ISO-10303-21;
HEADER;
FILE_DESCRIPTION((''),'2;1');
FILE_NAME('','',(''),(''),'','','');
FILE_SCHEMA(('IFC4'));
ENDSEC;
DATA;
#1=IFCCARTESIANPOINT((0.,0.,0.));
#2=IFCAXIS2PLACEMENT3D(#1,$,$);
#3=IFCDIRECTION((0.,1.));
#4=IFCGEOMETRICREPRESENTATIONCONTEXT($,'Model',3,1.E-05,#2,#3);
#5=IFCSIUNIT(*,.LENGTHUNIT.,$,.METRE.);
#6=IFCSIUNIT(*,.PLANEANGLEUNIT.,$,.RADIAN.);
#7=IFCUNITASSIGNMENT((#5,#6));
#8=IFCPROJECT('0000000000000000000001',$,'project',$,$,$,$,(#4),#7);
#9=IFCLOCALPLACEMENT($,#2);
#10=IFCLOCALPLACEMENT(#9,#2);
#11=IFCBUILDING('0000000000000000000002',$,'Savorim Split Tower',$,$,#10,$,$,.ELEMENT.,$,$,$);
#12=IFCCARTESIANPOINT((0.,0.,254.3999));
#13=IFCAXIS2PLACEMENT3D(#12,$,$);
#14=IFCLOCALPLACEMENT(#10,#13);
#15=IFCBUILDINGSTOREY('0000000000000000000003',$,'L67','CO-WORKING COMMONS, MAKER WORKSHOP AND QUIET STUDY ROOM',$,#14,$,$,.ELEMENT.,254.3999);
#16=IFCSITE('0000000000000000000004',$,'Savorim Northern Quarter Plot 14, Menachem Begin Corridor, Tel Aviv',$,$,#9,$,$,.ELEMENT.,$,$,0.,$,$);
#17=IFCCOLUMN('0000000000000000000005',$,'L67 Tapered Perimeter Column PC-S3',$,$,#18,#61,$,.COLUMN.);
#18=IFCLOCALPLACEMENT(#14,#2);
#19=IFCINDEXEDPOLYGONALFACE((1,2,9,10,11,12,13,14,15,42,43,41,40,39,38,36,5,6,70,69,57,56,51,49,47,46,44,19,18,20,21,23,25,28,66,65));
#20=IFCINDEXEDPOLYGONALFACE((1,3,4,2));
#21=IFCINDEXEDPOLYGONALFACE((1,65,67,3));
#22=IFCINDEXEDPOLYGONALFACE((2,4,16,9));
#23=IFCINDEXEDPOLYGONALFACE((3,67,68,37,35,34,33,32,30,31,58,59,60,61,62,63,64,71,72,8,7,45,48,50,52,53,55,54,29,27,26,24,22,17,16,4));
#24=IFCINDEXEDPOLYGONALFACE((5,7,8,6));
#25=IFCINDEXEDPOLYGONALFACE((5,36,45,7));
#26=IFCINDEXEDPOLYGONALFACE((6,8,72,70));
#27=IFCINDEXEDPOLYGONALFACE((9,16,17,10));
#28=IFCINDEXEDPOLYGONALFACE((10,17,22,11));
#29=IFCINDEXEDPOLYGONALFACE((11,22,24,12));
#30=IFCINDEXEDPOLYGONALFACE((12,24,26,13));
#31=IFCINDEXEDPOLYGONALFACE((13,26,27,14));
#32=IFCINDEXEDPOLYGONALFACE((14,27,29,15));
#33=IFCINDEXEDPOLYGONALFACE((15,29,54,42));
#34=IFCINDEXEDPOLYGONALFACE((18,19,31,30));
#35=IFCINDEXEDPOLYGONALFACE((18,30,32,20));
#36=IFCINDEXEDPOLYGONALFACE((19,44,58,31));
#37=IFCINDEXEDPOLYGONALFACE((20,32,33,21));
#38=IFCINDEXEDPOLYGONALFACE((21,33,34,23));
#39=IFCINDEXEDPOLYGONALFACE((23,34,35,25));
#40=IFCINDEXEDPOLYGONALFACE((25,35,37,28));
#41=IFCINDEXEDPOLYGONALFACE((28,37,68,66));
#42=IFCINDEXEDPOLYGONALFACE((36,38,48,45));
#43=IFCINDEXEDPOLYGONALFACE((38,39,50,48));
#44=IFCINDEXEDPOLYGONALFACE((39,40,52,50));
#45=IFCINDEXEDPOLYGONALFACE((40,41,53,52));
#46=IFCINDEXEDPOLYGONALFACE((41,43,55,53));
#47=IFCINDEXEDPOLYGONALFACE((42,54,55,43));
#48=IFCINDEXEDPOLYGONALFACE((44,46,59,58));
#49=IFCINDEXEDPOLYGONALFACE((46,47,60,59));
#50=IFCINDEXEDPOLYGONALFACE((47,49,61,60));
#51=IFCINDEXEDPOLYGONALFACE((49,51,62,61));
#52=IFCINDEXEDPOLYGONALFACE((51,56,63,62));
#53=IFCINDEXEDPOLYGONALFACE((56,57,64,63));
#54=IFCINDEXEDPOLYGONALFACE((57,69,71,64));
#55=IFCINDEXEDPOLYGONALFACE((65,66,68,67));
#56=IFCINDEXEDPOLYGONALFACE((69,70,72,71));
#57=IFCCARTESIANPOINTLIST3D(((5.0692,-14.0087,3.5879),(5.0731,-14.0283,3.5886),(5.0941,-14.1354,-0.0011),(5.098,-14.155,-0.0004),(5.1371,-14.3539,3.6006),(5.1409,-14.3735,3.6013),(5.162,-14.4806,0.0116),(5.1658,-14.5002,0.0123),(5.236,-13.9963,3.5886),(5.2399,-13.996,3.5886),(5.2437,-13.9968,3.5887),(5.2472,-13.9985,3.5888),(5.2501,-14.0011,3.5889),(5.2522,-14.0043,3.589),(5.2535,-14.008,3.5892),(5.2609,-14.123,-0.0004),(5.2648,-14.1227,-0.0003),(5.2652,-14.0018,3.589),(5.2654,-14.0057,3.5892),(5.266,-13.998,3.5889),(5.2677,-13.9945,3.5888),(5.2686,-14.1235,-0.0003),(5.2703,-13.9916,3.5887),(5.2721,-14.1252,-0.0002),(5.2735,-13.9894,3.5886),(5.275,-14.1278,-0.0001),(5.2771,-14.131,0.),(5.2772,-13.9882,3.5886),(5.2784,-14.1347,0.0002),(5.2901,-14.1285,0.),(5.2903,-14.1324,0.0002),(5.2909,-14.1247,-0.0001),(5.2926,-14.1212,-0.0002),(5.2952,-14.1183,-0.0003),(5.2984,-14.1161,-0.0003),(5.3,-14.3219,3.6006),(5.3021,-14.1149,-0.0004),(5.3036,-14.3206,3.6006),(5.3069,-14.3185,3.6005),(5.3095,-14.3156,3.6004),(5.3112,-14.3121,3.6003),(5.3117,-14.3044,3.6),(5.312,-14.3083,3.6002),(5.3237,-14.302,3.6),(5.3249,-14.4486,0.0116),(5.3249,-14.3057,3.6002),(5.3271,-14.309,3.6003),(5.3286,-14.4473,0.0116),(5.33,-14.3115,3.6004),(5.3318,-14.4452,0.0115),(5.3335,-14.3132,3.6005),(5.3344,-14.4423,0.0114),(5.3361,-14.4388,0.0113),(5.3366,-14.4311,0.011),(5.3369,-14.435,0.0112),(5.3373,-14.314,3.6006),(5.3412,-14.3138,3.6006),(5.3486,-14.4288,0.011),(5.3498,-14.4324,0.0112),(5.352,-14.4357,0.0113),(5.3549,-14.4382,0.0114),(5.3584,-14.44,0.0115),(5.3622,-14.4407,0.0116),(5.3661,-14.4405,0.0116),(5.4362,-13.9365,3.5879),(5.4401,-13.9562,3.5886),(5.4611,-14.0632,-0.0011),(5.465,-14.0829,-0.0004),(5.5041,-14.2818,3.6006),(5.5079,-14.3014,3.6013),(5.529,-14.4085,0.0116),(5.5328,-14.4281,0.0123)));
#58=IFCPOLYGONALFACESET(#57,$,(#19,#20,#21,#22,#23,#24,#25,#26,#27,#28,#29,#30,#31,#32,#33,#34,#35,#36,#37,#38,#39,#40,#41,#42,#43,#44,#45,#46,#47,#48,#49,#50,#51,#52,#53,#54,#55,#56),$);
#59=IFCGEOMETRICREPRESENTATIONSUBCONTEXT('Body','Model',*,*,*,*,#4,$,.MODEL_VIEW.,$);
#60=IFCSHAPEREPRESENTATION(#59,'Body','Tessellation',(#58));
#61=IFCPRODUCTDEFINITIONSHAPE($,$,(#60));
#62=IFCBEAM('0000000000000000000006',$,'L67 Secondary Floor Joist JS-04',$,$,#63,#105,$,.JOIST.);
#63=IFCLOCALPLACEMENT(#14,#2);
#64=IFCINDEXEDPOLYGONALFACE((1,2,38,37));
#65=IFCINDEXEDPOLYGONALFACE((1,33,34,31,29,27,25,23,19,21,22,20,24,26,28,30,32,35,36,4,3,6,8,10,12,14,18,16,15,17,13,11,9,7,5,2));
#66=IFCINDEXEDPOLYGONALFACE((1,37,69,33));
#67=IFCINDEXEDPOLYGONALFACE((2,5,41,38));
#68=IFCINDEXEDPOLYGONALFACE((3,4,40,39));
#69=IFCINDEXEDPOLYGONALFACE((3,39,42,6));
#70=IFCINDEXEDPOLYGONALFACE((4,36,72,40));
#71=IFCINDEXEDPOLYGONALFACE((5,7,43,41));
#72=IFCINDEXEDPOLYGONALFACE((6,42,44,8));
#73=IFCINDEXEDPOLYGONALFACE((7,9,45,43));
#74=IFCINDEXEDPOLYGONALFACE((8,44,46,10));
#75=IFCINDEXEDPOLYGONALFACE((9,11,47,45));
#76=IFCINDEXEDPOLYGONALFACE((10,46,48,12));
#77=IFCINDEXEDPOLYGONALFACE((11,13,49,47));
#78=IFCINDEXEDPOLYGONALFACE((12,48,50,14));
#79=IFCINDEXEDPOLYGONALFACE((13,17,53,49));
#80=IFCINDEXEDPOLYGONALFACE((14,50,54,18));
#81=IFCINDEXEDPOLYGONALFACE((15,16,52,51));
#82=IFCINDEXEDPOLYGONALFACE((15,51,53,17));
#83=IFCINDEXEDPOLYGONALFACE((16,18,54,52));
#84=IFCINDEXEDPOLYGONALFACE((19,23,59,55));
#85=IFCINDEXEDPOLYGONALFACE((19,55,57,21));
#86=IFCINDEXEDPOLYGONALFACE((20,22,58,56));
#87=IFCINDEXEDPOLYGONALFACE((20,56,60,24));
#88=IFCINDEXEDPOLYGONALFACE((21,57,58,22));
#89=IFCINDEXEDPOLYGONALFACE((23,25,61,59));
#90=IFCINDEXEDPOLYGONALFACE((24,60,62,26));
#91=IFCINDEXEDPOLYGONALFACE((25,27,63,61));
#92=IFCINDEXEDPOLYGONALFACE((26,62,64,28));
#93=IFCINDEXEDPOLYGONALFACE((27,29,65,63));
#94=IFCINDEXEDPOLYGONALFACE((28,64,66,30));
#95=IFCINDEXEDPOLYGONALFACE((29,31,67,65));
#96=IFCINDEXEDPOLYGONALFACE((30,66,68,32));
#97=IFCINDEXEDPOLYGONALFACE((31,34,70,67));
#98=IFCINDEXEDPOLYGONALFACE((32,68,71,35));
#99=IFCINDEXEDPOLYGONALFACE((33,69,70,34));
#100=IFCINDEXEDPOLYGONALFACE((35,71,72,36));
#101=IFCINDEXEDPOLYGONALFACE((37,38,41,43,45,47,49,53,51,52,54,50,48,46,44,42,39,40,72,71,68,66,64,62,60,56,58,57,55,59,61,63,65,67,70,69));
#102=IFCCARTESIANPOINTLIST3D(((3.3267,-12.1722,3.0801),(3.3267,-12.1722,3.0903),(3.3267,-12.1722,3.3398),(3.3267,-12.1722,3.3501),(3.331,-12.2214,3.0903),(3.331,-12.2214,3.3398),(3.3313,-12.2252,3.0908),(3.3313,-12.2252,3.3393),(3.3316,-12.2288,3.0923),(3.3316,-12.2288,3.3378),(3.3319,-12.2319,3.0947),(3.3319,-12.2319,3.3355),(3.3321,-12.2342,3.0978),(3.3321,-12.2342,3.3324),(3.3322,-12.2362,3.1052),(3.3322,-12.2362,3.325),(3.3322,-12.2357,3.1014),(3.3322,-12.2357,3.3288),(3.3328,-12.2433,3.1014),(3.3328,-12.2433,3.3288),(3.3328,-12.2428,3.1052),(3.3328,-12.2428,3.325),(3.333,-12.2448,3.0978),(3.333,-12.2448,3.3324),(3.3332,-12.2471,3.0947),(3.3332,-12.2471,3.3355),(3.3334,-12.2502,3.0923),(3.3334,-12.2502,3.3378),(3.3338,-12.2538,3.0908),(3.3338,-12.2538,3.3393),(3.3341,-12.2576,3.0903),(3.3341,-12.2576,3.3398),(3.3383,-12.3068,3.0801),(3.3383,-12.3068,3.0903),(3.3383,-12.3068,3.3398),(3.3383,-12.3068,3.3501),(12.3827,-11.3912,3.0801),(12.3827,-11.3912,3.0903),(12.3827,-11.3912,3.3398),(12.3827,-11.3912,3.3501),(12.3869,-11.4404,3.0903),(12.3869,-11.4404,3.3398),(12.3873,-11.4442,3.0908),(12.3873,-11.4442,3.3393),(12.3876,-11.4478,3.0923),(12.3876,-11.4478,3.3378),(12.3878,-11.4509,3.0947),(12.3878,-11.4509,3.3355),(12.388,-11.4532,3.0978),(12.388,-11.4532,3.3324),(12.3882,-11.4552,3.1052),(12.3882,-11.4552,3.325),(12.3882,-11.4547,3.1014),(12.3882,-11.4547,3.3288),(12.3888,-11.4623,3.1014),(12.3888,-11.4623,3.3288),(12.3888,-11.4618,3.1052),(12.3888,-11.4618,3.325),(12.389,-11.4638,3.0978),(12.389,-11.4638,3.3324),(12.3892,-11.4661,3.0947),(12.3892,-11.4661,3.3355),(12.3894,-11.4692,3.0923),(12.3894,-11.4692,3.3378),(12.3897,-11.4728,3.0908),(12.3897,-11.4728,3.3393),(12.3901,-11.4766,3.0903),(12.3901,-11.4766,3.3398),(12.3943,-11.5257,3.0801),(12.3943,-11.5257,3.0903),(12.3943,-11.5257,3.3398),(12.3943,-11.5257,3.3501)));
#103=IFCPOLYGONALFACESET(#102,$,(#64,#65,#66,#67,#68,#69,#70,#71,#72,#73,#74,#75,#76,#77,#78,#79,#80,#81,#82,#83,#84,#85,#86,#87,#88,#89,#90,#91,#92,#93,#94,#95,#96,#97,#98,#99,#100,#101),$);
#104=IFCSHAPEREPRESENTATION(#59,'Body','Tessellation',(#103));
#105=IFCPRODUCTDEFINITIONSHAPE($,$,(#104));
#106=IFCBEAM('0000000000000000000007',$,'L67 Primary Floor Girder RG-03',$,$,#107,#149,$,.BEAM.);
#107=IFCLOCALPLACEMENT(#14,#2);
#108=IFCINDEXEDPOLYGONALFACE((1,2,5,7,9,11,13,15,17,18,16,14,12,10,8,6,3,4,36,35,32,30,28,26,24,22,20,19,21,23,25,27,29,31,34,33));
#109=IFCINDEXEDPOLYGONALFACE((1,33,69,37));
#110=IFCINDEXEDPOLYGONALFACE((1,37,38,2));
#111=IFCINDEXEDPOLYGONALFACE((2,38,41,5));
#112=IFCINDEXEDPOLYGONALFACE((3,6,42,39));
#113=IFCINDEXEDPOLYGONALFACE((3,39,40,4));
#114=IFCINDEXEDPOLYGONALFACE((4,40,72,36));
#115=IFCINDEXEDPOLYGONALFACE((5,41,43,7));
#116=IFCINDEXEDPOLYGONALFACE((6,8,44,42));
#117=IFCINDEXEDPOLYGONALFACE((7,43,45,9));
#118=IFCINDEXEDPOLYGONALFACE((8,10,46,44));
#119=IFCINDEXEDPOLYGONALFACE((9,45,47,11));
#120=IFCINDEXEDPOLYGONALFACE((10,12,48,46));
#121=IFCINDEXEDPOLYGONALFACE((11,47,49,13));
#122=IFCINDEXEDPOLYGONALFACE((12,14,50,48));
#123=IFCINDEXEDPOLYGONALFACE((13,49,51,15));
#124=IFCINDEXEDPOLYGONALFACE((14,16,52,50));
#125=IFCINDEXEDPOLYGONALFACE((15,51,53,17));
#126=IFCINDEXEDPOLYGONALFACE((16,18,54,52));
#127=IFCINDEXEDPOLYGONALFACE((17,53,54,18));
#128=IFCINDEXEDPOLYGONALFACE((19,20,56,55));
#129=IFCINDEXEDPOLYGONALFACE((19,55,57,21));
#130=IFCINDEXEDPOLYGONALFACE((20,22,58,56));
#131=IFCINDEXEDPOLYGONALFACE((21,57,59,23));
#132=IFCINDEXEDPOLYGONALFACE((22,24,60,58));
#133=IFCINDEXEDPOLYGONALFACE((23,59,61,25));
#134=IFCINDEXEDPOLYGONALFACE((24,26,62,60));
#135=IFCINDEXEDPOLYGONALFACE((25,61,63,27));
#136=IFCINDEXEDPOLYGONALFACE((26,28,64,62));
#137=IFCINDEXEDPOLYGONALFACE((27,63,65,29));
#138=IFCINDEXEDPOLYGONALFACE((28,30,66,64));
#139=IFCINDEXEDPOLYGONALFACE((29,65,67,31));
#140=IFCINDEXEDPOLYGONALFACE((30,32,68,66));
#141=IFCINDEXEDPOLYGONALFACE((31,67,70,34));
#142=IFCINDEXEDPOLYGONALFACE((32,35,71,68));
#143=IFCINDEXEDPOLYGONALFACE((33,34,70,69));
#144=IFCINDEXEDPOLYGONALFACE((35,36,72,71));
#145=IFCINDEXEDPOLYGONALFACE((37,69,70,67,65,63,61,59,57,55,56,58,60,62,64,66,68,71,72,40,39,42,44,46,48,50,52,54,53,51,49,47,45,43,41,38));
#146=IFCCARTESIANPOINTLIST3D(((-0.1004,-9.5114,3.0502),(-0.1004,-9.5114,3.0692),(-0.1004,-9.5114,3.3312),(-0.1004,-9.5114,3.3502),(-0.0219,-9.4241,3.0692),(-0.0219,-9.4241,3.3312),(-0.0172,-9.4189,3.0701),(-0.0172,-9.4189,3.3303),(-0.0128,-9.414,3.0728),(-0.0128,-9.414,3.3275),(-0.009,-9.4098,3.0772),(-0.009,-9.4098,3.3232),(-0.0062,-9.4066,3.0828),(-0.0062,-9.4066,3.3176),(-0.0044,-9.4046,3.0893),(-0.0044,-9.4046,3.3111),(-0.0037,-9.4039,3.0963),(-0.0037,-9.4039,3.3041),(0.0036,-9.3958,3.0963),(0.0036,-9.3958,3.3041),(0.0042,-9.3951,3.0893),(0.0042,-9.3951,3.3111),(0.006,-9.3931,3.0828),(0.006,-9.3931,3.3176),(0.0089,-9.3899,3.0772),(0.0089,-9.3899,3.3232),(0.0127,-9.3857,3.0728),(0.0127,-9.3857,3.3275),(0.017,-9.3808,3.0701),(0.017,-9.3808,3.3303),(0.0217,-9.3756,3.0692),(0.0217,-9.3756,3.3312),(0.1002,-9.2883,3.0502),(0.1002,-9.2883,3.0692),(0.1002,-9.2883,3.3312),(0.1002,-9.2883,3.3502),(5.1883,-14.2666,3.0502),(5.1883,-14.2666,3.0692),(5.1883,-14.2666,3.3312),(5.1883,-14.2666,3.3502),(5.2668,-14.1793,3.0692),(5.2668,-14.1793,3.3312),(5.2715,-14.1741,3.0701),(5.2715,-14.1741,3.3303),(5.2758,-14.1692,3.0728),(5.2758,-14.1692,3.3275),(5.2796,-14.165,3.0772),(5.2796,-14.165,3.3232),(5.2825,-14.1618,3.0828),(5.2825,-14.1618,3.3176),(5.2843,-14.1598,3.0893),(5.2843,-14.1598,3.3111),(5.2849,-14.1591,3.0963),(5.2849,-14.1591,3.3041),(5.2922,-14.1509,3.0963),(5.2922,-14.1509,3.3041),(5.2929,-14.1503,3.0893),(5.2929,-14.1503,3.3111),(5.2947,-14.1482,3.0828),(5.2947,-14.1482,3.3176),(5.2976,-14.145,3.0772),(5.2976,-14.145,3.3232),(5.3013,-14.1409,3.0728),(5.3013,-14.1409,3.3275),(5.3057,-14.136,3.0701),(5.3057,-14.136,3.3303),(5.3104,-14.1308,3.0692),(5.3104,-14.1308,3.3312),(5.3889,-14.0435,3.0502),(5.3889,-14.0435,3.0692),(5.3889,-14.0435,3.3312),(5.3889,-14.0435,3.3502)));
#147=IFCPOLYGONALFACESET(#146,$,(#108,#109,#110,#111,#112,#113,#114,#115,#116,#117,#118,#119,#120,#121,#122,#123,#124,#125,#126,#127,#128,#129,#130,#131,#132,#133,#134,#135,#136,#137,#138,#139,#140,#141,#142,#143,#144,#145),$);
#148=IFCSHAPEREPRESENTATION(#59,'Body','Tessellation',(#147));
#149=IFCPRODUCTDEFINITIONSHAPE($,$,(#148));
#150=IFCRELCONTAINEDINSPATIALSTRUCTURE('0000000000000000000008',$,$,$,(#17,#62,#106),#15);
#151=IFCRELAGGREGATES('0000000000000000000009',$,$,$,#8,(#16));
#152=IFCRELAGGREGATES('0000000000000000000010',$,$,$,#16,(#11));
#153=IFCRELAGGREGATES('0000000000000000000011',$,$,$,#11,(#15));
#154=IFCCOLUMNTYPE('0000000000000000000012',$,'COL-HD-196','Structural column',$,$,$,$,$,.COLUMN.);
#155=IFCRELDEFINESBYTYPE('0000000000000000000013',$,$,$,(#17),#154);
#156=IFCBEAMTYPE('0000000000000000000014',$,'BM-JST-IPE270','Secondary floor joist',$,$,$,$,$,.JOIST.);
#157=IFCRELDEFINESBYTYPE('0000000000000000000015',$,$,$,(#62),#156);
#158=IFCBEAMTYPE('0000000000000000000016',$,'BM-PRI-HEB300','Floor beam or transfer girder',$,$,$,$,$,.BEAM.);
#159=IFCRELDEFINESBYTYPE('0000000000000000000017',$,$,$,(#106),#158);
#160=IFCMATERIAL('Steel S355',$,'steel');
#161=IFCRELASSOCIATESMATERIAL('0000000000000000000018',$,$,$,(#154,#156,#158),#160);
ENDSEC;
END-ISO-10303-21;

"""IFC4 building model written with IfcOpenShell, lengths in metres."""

from ifc_helpers import new_model, si_unit, direction, frame, origin, origin_2d, place, context, subcontext, project, spatial, i_section, extrude, material, material_profile, profile_set, type_object, element, save


model = new_model("IFC4")

# Units and contexts
model_context = context("Model", 3, precision=1e-05, world=origin(), true_north=direction((0.0, 1.0)))
body_context = subcontext(model_context, "Body", "Model", "MODEL_VIEW")
ifc_project = project(units=[si_unit("LENGTHUNIT", "METRE"), si_unit("PLANEANGLEUNIT", "RADIAN")], contexts=[model_context])

# Site, building, storey
site_placement = place(None, origin())
site = spatial("IfcSite", under=ifc_project, at=site_placement, Name="Savorim Northern Quarter Plot 14, Menachem Begin Corridor, Tel Aviv", CompositionType="ELEMENT", RefElevation=0.0)
building_placement = place(site_placement, origin())
building = spatial("IfcBuilding", under=site, at=building_placement, Name="Savorim Split Tower", CompositionType="ELEMENT")
storey_placement = place(building_placement, frame((0.0, 0.0, 254.3999)))
storey = spatial("IfcBuildingStorey", under=building, at=storey_placement, Name="L67", Description="CO-WORKING COMMONS, MAKER WORKSHOP AND QUIET STUDY ROOM", CompositionType="ELEMENT", Elevation=254.3999)

# Column
ifc_material_1 = material(Name="Steel S355", Category="steel")
ifc_material_profile_1 = material_profile(ifc_material_1, i_section(OverallWidth=0.374, OverallDepth=0.3721, WebThickness=0.0122, FlangeThickness=0.02, FilletRadius=0.0149, at=origin_2d()), Name="HD 360x196")
ifc_profile_set_1 = profile_set([ifc_material_profile_1], Name="Steel S355")
column_type = type_object("IfcColumnType", Name="COL-HD-196", Description="Structural column", PredefinedType="COLUMN", material=ifc_profile_set_1)
column_placement = place(storey_placement, frame((5.3135, -14.2817, 0.0056), z_axis=(-0.006934, 0.035283, 0.999353), x_axis=(-0.98123, -0.192843, 0.0)))
element("IfcColumn", 1, at=column_placement, inside=storey, type_object=column_type, Name="L67 Tapered Perimeter Column PC-S3", PredefinedType="COLUMN", context=body_context, shape_type="SweptSolid", body=[
    extrude(i_section(OverallWidth=0.374, OverallDepth=0.3721, WebThickness=0.0122, FlangeThickness=0.02, FilletRadius=0.0149, at=origin_2d()), origin(), (0.0, 0.0, 1.0), 3.5913),
])

# Beams
ifc_material_profile_2 = material_profile(ifc_material_1, i_section(OverallWidth=0.135, OverallDepth=0.27, WebThickness=0.0066, FlangeThickness=0.0103, FilletRadius=0.0149, at=origin_2d()), Name="IPE 270")
ifc_profile_set_2 = profile_set([ifc_material_profile_2], Name="Steel S355")
beam_type_1 = type_object("IfcBeamType", Name="BM-JST-IPE270", Description="Secondary floor joist", PredefinedType="JOIST", material=ifc_profile_set_2)
beam_1_placement = place(storey_placement, frame((3.3325, -12.2395, 3.2151), z_axis=(0.996302, 0.085924, 0.0), x_axis=(-0.085924, 0.996302, 0.0)))
element("IfcBeam", 2, at=beam_1_placement, inside=storey, type_object=beam_type_1, Name="L67 Secondary Floor Joist JS-04", PredefinedType="JOIST", context=body_context, shape_type="SweptSolid", body=[
    extrude(i_section(OverallWidth=0.135, OverallDepth=0.27, WebThickness=0.0066, FlangeThickness=0.0103, FilletRadius=0.0149, at=origin_2d()), origin(), (0.0, 0.0, 1.0), 9.0896),
])
ifc_material_profile_3 = material_profile(ifc_material_1, i_section(OverallWidth=0.3, OverallDepth=0.3, WebThickness=0.011, FlangeThickness=0.019, FilletRadius=0.0271, at=origin_2d()), Name="HEB 300")
ifc_profile_set_3 = profile_set([ifc_material_profile_3], Name="Steel S355")
beam_type_2 = type_object("IfcBeamType", Name="BM-PRI-HEB300", Description="Floor beam or transfer girder", PredefinedType="BEAM", material=ifc_profile_set_3)
beam_2_placement = place(storey_placement, frame((5.2886, -14.155, 3.2002), z_axis=(-0.743615, 0.668608, 0.0), x_axis=(-0.668608, -0.743615, 0.0)))
element("IfcBeam", 3, at=beam_2_placement, inside=storey, type_object=beam_type_2, Name="L67 Primary Floor Girder RG-03", PredefinedType="BEAM", context=body_context, shape_type="SweptSolid", body=[
    extrude(i_section(OverallWidth=0.3, OverallDepth=0.3, WebThickness=0.011, FlangeThickness=0.019, FilletRadius=0.0271, at=origin_2d()), origin(), (0.0, 0.0, 1.0), 7.1121),
])

save(model, "model.ifc")
